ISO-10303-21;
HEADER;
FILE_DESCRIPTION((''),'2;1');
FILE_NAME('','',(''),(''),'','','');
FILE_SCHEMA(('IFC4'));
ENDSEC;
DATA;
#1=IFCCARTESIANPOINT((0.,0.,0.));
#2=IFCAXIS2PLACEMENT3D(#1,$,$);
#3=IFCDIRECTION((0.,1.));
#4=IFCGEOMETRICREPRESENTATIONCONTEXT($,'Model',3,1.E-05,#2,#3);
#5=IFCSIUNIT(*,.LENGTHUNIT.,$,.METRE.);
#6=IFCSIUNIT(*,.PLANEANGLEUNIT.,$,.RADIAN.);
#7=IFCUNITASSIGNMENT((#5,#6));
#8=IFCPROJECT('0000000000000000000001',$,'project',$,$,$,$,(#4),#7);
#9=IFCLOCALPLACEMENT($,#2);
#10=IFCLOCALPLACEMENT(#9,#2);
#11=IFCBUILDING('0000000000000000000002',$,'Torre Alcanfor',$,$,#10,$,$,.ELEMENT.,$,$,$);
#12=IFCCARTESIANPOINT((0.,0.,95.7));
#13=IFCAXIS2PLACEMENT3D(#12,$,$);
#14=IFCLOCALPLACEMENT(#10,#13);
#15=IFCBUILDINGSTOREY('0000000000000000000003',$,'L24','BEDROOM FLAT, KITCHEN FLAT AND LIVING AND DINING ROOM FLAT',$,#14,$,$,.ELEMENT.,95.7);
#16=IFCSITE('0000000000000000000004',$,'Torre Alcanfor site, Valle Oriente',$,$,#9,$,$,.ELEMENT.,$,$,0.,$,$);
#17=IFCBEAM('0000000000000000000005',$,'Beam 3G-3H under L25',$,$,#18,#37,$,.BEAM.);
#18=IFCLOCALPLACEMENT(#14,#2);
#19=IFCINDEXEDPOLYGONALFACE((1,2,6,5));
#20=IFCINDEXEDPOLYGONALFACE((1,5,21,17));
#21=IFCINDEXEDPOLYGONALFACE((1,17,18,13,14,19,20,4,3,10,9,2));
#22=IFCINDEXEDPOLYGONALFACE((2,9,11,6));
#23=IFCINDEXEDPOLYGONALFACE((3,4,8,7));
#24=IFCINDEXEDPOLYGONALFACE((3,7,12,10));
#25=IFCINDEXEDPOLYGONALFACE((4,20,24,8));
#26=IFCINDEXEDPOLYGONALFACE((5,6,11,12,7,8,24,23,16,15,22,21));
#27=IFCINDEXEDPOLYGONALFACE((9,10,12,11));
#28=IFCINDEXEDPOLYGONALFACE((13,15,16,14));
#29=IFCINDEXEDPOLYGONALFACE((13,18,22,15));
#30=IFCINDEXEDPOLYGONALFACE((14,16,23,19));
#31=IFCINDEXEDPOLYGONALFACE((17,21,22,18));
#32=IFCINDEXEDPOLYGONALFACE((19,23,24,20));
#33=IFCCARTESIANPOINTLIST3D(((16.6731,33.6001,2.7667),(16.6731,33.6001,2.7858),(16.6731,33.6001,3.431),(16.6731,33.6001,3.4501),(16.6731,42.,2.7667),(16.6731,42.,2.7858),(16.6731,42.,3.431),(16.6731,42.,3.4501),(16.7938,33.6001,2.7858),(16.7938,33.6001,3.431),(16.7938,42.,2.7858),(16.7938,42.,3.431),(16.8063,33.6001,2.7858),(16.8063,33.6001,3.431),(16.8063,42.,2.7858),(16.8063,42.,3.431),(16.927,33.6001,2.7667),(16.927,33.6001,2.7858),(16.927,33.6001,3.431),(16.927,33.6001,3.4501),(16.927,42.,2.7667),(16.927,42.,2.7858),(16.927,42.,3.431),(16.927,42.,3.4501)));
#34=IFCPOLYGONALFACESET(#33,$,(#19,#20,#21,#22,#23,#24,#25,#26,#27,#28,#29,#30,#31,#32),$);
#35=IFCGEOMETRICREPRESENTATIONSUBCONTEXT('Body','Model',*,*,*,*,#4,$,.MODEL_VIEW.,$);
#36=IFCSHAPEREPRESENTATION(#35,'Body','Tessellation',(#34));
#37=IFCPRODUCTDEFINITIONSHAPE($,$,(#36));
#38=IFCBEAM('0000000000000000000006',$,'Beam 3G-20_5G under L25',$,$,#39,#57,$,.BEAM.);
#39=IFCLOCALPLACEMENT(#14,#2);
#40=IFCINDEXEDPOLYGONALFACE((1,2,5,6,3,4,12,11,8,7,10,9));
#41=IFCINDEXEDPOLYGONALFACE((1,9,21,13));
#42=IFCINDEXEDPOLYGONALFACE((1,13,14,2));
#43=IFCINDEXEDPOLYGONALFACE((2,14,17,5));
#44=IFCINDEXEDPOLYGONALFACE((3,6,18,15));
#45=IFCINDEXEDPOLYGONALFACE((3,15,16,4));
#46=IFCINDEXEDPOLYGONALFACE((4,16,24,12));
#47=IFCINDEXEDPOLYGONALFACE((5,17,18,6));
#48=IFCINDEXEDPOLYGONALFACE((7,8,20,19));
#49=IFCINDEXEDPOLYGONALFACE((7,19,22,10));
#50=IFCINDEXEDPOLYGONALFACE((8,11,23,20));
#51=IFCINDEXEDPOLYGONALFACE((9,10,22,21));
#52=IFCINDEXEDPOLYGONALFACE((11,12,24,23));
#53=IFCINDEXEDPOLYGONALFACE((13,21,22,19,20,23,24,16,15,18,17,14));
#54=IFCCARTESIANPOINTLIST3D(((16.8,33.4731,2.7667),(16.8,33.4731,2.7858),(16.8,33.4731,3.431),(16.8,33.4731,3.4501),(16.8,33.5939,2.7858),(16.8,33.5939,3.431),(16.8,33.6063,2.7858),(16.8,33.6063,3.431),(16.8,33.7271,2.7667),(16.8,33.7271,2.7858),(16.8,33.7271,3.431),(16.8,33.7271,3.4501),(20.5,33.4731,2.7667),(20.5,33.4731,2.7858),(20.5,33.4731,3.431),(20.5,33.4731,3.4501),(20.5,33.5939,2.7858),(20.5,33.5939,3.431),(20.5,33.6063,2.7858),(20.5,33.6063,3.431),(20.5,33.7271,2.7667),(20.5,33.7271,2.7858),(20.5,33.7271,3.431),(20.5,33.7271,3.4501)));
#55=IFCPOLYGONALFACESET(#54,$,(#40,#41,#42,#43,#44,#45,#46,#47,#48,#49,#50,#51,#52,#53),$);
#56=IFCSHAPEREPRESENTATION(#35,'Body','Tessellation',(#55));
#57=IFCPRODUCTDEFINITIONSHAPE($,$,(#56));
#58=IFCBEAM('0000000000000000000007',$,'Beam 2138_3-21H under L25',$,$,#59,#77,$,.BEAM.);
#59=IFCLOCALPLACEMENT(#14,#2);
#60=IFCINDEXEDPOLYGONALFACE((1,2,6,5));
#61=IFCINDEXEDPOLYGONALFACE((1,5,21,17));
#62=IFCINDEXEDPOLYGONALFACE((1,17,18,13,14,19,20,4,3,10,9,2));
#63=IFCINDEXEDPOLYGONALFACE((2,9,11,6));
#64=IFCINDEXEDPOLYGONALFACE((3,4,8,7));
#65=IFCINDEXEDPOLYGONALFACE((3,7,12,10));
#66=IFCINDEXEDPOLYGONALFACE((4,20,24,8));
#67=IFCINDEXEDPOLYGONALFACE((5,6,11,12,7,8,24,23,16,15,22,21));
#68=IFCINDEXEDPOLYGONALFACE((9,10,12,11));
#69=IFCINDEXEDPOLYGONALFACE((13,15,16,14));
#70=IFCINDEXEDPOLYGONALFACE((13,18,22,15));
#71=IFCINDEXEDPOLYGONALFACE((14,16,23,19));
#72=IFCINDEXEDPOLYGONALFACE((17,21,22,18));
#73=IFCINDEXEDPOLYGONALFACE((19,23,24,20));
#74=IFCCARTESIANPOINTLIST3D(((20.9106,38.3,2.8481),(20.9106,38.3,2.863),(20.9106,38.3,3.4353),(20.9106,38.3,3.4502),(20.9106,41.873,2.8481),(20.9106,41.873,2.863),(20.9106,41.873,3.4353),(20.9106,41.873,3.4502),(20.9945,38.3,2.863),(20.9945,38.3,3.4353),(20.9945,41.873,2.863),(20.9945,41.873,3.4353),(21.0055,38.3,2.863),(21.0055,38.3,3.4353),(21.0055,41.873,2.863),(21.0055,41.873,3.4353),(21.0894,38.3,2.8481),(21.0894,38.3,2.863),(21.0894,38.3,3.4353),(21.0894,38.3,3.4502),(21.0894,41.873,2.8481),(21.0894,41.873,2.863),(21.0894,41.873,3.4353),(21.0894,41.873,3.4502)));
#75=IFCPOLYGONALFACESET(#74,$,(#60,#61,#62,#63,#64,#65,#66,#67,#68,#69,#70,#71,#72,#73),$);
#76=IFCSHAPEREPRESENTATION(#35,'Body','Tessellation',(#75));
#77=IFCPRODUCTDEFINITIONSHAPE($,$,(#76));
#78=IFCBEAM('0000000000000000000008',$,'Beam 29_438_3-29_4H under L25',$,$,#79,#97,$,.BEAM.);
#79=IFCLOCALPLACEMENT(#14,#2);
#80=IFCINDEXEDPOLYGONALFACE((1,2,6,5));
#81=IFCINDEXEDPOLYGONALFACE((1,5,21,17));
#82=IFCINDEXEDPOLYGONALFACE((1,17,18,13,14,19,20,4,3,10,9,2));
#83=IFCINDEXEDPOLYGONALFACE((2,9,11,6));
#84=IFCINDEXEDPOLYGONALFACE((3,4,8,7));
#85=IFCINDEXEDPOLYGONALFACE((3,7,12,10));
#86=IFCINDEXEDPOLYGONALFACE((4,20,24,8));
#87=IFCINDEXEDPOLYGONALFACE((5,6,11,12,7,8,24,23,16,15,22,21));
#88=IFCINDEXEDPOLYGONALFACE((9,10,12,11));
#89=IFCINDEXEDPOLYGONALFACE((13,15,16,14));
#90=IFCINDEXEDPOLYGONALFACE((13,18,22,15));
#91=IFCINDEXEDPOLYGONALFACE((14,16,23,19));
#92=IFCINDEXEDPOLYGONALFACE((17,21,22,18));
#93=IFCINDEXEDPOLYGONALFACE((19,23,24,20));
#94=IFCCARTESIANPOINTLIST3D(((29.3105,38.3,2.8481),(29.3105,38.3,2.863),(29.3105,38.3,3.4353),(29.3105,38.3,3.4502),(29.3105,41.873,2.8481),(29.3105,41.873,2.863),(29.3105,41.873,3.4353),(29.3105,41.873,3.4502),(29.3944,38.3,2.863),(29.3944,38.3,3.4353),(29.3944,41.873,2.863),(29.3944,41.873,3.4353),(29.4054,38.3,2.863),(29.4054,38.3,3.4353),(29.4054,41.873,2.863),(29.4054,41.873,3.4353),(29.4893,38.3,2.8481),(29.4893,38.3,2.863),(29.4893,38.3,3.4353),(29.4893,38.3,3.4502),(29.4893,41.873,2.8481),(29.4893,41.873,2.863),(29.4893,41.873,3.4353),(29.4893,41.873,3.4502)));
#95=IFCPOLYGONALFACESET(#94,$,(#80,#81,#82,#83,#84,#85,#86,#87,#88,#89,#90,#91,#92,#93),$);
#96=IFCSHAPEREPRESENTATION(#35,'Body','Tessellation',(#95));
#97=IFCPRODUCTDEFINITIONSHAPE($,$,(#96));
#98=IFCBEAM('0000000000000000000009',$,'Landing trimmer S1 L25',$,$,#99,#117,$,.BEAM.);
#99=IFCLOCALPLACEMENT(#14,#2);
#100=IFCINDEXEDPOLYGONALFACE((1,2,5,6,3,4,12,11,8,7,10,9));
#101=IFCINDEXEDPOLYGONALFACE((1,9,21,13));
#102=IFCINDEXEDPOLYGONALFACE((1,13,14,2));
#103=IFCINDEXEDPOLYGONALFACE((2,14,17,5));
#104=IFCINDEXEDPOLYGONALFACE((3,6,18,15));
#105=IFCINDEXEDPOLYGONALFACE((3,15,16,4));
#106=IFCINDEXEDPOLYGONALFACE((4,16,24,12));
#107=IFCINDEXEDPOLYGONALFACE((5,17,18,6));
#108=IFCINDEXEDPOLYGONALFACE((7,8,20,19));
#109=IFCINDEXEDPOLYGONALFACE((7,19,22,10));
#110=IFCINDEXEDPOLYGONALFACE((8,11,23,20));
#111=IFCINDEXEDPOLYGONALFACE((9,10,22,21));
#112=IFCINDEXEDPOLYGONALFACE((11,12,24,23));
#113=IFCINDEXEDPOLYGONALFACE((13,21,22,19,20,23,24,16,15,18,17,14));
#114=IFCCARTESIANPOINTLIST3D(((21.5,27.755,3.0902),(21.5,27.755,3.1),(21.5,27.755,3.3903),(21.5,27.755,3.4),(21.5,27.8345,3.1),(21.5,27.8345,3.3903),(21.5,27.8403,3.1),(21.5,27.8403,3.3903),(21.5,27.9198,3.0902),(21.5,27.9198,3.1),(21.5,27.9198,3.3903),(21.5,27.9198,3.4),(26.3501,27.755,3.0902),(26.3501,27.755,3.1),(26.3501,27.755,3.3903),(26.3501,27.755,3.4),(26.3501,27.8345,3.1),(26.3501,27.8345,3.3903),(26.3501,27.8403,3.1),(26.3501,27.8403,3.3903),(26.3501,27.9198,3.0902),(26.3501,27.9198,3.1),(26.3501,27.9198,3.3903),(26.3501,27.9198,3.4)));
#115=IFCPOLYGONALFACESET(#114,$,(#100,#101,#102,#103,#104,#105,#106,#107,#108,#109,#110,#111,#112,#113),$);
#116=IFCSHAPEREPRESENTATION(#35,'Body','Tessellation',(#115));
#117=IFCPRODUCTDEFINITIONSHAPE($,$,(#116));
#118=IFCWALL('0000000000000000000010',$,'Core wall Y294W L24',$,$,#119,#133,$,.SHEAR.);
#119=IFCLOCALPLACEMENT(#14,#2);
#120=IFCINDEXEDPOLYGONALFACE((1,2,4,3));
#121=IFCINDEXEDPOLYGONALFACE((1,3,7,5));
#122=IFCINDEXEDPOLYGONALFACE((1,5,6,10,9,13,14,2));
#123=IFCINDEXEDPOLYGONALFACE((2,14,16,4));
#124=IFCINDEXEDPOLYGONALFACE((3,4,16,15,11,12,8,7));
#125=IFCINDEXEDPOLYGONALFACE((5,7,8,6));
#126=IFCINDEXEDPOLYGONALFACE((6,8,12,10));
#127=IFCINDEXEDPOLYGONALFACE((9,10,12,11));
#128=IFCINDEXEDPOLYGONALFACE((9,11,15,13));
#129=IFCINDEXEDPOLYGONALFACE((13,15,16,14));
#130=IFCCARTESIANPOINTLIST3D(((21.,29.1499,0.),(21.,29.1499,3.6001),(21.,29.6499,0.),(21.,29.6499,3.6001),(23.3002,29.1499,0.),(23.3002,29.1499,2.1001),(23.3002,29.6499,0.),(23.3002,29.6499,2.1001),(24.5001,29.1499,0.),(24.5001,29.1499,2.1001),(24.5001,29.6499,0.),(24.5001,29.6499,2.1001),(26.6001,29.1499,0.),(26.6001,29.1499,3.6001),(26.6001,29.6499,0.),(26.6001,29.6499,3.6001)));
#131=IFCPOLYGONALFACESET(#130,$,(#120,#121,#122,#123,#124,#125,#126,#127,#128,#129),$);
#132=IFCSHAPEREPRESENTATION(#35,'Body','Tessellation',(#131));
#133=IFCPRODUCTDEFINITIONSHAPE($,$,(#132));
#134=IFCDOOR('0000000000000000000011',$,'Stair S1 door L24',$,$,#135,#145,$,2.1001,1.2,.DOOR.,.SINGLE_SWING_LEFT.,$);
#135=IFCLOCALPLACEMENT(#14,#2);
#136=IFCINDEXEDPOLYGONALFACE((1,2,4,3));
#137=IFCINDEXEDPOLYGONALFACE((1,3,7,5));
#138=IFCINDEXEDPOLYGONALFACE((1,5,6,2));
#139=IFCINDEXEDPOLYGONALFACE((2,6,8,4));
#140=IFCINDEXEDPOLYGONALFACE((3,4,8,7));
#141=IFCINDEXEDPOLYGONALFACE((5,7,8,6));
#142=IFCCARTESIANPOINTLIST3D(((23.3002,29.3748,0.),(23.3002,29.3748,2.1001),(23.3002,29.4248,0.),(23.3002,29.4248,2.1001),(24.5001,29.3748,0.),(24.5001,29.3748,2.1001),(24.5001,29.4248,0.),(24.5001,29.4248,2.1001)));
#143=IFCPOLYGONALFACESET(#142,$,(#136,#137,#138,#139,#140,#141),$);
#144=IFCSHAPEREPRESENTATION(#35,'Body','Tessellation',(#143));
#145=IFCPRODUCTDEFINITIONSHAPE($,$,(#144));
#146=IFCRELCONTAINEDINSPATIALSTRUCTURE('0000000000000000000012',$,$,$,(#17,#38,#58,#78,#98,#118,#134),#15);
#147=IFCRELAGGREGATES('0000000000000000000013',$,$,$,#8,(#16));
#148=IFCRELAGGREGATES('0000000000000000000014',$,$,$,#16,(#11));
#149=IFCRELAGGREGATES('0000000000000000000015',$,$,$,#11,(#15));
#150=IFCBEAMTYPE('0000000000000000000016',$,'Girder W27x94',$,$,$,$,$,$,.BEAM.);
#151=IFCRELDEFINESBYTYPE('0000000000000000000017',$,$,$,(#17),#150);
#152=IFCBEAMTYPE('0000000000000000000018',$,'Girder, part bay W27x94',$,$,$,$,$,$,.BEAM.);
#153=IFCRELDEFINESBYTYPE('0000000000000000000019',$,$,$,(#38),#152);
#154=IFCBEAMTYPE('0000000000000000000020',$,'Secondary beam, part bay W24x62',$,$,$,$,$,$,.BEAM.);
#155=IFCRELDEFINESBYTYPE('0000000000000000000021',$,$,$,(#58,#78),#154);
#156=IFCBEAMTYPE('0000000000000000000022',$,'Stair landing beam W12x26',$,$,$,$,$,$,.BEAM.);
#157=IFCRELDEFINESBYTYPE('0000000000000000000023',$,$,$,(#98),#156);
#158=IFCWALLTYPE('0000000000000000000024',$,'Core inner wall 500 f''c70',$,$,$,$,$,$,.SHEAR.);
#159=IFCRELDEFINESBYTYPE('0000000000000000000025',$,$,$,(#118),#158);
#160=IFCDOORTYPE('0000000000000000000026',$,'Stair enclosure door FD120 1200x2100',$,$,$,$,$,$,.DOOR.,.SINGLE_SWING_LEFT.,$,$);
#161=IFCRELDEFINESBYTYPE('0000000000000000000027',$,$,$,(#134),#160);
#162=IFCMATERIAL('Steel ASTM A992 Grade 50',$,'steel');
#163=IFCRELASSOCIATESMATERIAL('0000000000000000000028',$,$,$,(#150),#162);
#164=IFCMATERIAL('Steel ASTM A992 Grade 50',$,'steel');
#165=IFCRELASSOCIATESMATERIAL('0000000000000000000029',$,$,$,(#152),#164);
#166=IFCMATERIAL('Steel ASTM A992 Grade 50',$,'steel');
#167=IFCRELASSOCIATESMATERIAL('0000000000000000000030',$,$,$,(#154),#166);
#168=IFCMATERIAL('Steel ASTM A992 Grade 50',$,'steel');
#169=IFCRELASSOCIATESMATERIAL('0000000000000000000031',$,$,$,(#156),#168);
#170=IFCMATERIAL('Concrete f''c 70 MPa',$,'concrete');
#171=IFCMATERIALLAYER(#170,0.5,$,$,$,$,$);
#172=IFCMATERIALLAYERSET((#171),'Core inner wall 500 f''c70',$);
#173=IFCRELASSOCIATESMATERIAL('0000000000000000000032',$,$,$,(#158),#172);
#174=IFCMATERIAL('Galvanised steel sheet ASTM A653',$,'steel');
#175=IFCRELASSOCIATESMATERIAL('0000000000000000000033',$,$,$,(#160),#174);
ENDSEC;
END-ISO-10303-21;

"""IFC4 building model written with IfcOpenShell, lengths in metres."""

from ifc_helpers import new_model, si_unit, direction, frame, frame_2d, origin, origin_2d, place, context, subcontext, project, spatial, rectangle, i_section, extrude, material, layer, layer_set, material_profile, profile_set, type_object, element, fill, save


model = new_model("IFC4")

# Units and contexts
model_context = context("Model", 3, precision=1e-05, world=origin(), true_north=direction((0.0, 1.0)))
body_context = subcontext(model_context, "Body", "Model", "MODEL_VIEW")
ifc_project = project(units=[si_unit("LENGTHUNIT", "METRE"), si_unit("PLANEANGLEUNIT", "RADIAN")], contexts=[model_context])

# Site, building, storey
site_placement = place(None, origin())
site = spatial("IfcSite", under=ifc_project, at=site_placement, Name="Torre Alcanfor site, Valle Oriente", CompositionType="ELEMENT", RefElevation=0.0)
building_placement = place(site_placement, origin())
building = spatial("IfcBuilding", under=site, at=building_placement, Name="Torre Alcanfor", CompositionType="ELEMENT")
storey_placement = place(building_placement, frame((0.0, 0.0, 95.7)))
storey = spatial("IfcBuildingStorey", under=building, at=storey_placement, Name="L24", Description="BEDROOM FLAT, KITCHEN FLAT AND LIVING AND DINING ROOM FLAT", CompositionType="ELEMENT", Elevation=95.7)

# Beams
ifc_material_1 = material(Name="Steel ASTM A992 Grade 50", Category="steel")
ifc_material_profile_1 = material_profile(ifc_material_1, i_section(OverallWidth=0.2539, OverallDepth=0.6833, WebThickness=0.0125, FlangeThickness=0.019, at=origin_2d()), Name="W27x94")
ifc_profile_set_1 = profile_set([ifc_material_profile_1], Name="Steel ASTM A992 Grade 50")
beam_type_1 = type_object("IfcBeamType", Name="Girder W27x94", PredefinedType="BEAM", material=ifc_profile_set_1)
beam_1_placement = place(storey_placement, frame((16.8, 33.6001, 3.1084), z_axis=(0.0, 1.0, 0.0), x_axis=(-1.0, 0.0, 0.0)))
element("IfcBeam", 1, at=beam_1_placement, inside=storey, type_object=beam_type_1, Name="Beam 3G-3H under L25", PredefinedType="BEAM", context=body_context, shape_type="SweptSolid", body=[
    extrude(i_section(OverallWidth=0.2539, OverallDepth=0.6833, WebThickness=0.0125, FlangeThickness=0.019, at=origin_2d()), origin(), (0.0, 0.0, 1.0), 8.3999),
])
ifc_material_2 = material(Name="Steel ASTM A992 Grade 50", Category="steel")
ifc_material_profile_2 = material_profile(ifc_material_2, i_section(OverallWidth=0.2539, OverallDepth=0.6833, WebThickness=0.0125, FlangeThickness=0.019, at=origin_2d()), Name="W27x94")
ifc_profile_set_2 = profile_set([ifc_material_profile_2], Name="Steel ASTM A992 Grade 50")
beam_type_2 = type_object("IfcBeamType", Name="Girder, part bay W27x94", PredefinedType="BEAM", material=ifc_profile_set_2)
beam_2_placement = place(storey_placement, frame((16.8, 33.6001, 3.1084), z_axis=(1.0, 0.0, 0.0), x_axis=(0.0, 1.0, 0.0)))
element("IfcBeam", 2, at=beam_2_placement, inside=storey, type_object=beam_type_2, Name="Beam 3G-20_5G under L25", PredefinedType="BEAM", context=body_context, shape_type="SweptSolid", body=[
    extrude(i_section(OverallWidth=0.2539, OverallDepth=0.6833, WebThickness=0.0125, FlangeThickness=0.019, at=origin_2d()), origin(), (0.0, 0.0, 1.0), 3.7),
])
ifc_material_3 = material(Name="Steel ASTM A992 Grade 50", Category="steel")
ifc_material_profile_3 = material_profile(ifc_material_3, i_section(OverallWidth=0.1787, OverallDepth=0.6021, WebThickness=0.011, FlangeThickness=0.0149, at=origin_2d()), Name="W24x62")
ifc_profile_set_3 = profile_set([ifc_material_profile_3], Name="Steel ASTM A992 Grade 50")
beam_type_3 = type_object("IfcBeamType", Name="Secondary beam, part bay W24x62", PredefinedType="BEAM", material=ifc_profile_set_3)
for number, where, z_axis, x_axis, name in (
    (3, (21.0, 38.3, 3.1492), (0.0, 1.0, 0.0), (-1.0, 0.0, 0.0), "Beam 2138_3-21H under L25"),
    (4, (29.3999, 38.3, 3.1492), (0.0, 1.0, 0.0), (-1.0, 0.0, 0.0), "Beam 29_438_3-29_4H under L25"),
):
    element("IfcBeam", number, at=place(storey_placement, frame(where, z_axis=z_axis, x_axis=x_axis)), inside=storey, type_object=beam_type_3, Name=name, PredefinedType="BEAM", context=body_context, shape_type="SweptSolid", body=[
        extrude(i_section(OverallWidth=0.1787, OverallDepth=0.6021, WebThickness=0.011, FlangeThickness=0.0149, at=origin_2d()), origin(), (0.0, 0.0, 1.0), 3.573),
    ])
ifc_material_4 = material(Name="Steel ASTM A992 Grade 50", Category="steel")
ifc_material_profile_4 = material_profile(ifc_material_4, i_section(OverallWidth=0.1648, OverallDepth=0.3098, WebThickness=0.0059, FlangeThickness=0.0098, at=origin_2d()), Name="W12x26")
ifc_profile_set_4 = profile_set([ifc_material_profile_4], Name="Steel ASTM A992 Grade 50")
beam_type_4 = type_object("IfcBeamType", Name="Stair landing beam W12x26", PredefinedType="BEAM", material=ifc_profile_set_4)
beam_3_placement = place(storey_placement, frame((21.5, 27.8374, 3.2451), z_axis=(1.0, 0.0, 0.0), x_axis=(0.0, 1.0, 0.0)))
element("IfcBeam", 5, at=beam_3_placement, inside=storey, type_object=beam_type_4, Name="Landing trimmer S1 L25", PredefinedType="BEAM", context=body_context, shape_type="SweptSolid", body=[
    extrude(i_section(OverallWidth=0.1648, OverallDepth=0.3098, WebThickness=0.0059, FlangeThickness=0.0098, at=origin_2d()), origin(), (0.0, 0.0, 1.0), 4.8501),
])

# Wall, opening, door
ifc_material_5 = material(Name="Concrete f'c 70 MPa", Category="concrete")
ifc_layer_1 = layer(ifc_material_5, 0.5)
ifc_layer_set_1 = layer_set([ifc_layer_1], Name="Core inner wall 500 f'c70")
wall_type_1 = type_object("IfcWallType", Name="Core inner wall 500 f'c70", PredefinedType="SHEAR", material=ifc_layer_set_1)
wall_1_placement = place(storey_placement, frame((21.0, 29.3999, 0.0), z_axis=(0.0, 0.0, 1.0), x_axis=(1.0, 0.0, 0.0)))
wall_1 = element("IfcWall", 6, at=wall_1_placement, inside=storey, type_object=wall_type_1, Name="Core wall Y294W L24", PredefinedType="SHEAR", context=body_context, shape_type="SweptSolid", body=[
    extrude(rectangle(XDim=5.6001, YDim=0.5, at=frame_2d((2.8, 0.0))), origin(), (0.0, 0.0, 1.0), 3.6001),
])
opening_1_placement = place(wall_1_placement, frame((2.3, 0.0, 0.0)))
opening_1 = element("IfcOpeningElement", 7, at=opening_1_placement, cuts=wall_1, PredefinedType="OPENING", context=body_context, shape_type="SweptSolid", body=[
    extrude(rectangle(XDim=1.2, YDim=2.1001, at=frame_2d((0.6001, 1.05))), frame((0.0, 0.26, 0.0), z_axis=(0.0, -1.0, 0.0), x_axis=(1.0, 0.0, 0.0)), (0.0, 0.0, 1.0), 0.52),
])
ifc_material_6 = material(Name="Galvanised steel sheet ASTM A653", Category="steel")
door_type_1 = type_object("IfcDoorType", Name="Stair enclosure door FD120 1200x2100", OperationType="SINGLE_SWING_LEFT", PredefinedType="DOOR", material=ifc_material_6)
door_1_placement = place(opening_1_placement, frame((1.2, 0.0, 0.0), z_axis=(0.0, 0.0, 1.0), x_axis=(-1.0, 0.0, 0.0)))
door_1 = element("IfcDoor", 8, at=door_1_placement, inside=storey, type_object=door_type_1, Name="Stair S1 door L24", OperationType="SINGLE_SWING_LEFT", OverallHeight=2.1001, OverallWidth=1.2, PredefinedType="DOOR", context=body_context, shape_type="SweptSolid", body=[
    extrude(rectangle(XDim=1.2, YDim=2.1001, at=frame_2d((0.5999, 1.05))), frame((0.0, 0.0251, 0.0), z_axis=(0.0, -1.0, 0.0), x_axis=(1.0, 0.0, 0.0)), (0.0, 0.0, 1.0), 0.05),
])
fill(opening_1, door_1)

save(model, "model.ifc")
